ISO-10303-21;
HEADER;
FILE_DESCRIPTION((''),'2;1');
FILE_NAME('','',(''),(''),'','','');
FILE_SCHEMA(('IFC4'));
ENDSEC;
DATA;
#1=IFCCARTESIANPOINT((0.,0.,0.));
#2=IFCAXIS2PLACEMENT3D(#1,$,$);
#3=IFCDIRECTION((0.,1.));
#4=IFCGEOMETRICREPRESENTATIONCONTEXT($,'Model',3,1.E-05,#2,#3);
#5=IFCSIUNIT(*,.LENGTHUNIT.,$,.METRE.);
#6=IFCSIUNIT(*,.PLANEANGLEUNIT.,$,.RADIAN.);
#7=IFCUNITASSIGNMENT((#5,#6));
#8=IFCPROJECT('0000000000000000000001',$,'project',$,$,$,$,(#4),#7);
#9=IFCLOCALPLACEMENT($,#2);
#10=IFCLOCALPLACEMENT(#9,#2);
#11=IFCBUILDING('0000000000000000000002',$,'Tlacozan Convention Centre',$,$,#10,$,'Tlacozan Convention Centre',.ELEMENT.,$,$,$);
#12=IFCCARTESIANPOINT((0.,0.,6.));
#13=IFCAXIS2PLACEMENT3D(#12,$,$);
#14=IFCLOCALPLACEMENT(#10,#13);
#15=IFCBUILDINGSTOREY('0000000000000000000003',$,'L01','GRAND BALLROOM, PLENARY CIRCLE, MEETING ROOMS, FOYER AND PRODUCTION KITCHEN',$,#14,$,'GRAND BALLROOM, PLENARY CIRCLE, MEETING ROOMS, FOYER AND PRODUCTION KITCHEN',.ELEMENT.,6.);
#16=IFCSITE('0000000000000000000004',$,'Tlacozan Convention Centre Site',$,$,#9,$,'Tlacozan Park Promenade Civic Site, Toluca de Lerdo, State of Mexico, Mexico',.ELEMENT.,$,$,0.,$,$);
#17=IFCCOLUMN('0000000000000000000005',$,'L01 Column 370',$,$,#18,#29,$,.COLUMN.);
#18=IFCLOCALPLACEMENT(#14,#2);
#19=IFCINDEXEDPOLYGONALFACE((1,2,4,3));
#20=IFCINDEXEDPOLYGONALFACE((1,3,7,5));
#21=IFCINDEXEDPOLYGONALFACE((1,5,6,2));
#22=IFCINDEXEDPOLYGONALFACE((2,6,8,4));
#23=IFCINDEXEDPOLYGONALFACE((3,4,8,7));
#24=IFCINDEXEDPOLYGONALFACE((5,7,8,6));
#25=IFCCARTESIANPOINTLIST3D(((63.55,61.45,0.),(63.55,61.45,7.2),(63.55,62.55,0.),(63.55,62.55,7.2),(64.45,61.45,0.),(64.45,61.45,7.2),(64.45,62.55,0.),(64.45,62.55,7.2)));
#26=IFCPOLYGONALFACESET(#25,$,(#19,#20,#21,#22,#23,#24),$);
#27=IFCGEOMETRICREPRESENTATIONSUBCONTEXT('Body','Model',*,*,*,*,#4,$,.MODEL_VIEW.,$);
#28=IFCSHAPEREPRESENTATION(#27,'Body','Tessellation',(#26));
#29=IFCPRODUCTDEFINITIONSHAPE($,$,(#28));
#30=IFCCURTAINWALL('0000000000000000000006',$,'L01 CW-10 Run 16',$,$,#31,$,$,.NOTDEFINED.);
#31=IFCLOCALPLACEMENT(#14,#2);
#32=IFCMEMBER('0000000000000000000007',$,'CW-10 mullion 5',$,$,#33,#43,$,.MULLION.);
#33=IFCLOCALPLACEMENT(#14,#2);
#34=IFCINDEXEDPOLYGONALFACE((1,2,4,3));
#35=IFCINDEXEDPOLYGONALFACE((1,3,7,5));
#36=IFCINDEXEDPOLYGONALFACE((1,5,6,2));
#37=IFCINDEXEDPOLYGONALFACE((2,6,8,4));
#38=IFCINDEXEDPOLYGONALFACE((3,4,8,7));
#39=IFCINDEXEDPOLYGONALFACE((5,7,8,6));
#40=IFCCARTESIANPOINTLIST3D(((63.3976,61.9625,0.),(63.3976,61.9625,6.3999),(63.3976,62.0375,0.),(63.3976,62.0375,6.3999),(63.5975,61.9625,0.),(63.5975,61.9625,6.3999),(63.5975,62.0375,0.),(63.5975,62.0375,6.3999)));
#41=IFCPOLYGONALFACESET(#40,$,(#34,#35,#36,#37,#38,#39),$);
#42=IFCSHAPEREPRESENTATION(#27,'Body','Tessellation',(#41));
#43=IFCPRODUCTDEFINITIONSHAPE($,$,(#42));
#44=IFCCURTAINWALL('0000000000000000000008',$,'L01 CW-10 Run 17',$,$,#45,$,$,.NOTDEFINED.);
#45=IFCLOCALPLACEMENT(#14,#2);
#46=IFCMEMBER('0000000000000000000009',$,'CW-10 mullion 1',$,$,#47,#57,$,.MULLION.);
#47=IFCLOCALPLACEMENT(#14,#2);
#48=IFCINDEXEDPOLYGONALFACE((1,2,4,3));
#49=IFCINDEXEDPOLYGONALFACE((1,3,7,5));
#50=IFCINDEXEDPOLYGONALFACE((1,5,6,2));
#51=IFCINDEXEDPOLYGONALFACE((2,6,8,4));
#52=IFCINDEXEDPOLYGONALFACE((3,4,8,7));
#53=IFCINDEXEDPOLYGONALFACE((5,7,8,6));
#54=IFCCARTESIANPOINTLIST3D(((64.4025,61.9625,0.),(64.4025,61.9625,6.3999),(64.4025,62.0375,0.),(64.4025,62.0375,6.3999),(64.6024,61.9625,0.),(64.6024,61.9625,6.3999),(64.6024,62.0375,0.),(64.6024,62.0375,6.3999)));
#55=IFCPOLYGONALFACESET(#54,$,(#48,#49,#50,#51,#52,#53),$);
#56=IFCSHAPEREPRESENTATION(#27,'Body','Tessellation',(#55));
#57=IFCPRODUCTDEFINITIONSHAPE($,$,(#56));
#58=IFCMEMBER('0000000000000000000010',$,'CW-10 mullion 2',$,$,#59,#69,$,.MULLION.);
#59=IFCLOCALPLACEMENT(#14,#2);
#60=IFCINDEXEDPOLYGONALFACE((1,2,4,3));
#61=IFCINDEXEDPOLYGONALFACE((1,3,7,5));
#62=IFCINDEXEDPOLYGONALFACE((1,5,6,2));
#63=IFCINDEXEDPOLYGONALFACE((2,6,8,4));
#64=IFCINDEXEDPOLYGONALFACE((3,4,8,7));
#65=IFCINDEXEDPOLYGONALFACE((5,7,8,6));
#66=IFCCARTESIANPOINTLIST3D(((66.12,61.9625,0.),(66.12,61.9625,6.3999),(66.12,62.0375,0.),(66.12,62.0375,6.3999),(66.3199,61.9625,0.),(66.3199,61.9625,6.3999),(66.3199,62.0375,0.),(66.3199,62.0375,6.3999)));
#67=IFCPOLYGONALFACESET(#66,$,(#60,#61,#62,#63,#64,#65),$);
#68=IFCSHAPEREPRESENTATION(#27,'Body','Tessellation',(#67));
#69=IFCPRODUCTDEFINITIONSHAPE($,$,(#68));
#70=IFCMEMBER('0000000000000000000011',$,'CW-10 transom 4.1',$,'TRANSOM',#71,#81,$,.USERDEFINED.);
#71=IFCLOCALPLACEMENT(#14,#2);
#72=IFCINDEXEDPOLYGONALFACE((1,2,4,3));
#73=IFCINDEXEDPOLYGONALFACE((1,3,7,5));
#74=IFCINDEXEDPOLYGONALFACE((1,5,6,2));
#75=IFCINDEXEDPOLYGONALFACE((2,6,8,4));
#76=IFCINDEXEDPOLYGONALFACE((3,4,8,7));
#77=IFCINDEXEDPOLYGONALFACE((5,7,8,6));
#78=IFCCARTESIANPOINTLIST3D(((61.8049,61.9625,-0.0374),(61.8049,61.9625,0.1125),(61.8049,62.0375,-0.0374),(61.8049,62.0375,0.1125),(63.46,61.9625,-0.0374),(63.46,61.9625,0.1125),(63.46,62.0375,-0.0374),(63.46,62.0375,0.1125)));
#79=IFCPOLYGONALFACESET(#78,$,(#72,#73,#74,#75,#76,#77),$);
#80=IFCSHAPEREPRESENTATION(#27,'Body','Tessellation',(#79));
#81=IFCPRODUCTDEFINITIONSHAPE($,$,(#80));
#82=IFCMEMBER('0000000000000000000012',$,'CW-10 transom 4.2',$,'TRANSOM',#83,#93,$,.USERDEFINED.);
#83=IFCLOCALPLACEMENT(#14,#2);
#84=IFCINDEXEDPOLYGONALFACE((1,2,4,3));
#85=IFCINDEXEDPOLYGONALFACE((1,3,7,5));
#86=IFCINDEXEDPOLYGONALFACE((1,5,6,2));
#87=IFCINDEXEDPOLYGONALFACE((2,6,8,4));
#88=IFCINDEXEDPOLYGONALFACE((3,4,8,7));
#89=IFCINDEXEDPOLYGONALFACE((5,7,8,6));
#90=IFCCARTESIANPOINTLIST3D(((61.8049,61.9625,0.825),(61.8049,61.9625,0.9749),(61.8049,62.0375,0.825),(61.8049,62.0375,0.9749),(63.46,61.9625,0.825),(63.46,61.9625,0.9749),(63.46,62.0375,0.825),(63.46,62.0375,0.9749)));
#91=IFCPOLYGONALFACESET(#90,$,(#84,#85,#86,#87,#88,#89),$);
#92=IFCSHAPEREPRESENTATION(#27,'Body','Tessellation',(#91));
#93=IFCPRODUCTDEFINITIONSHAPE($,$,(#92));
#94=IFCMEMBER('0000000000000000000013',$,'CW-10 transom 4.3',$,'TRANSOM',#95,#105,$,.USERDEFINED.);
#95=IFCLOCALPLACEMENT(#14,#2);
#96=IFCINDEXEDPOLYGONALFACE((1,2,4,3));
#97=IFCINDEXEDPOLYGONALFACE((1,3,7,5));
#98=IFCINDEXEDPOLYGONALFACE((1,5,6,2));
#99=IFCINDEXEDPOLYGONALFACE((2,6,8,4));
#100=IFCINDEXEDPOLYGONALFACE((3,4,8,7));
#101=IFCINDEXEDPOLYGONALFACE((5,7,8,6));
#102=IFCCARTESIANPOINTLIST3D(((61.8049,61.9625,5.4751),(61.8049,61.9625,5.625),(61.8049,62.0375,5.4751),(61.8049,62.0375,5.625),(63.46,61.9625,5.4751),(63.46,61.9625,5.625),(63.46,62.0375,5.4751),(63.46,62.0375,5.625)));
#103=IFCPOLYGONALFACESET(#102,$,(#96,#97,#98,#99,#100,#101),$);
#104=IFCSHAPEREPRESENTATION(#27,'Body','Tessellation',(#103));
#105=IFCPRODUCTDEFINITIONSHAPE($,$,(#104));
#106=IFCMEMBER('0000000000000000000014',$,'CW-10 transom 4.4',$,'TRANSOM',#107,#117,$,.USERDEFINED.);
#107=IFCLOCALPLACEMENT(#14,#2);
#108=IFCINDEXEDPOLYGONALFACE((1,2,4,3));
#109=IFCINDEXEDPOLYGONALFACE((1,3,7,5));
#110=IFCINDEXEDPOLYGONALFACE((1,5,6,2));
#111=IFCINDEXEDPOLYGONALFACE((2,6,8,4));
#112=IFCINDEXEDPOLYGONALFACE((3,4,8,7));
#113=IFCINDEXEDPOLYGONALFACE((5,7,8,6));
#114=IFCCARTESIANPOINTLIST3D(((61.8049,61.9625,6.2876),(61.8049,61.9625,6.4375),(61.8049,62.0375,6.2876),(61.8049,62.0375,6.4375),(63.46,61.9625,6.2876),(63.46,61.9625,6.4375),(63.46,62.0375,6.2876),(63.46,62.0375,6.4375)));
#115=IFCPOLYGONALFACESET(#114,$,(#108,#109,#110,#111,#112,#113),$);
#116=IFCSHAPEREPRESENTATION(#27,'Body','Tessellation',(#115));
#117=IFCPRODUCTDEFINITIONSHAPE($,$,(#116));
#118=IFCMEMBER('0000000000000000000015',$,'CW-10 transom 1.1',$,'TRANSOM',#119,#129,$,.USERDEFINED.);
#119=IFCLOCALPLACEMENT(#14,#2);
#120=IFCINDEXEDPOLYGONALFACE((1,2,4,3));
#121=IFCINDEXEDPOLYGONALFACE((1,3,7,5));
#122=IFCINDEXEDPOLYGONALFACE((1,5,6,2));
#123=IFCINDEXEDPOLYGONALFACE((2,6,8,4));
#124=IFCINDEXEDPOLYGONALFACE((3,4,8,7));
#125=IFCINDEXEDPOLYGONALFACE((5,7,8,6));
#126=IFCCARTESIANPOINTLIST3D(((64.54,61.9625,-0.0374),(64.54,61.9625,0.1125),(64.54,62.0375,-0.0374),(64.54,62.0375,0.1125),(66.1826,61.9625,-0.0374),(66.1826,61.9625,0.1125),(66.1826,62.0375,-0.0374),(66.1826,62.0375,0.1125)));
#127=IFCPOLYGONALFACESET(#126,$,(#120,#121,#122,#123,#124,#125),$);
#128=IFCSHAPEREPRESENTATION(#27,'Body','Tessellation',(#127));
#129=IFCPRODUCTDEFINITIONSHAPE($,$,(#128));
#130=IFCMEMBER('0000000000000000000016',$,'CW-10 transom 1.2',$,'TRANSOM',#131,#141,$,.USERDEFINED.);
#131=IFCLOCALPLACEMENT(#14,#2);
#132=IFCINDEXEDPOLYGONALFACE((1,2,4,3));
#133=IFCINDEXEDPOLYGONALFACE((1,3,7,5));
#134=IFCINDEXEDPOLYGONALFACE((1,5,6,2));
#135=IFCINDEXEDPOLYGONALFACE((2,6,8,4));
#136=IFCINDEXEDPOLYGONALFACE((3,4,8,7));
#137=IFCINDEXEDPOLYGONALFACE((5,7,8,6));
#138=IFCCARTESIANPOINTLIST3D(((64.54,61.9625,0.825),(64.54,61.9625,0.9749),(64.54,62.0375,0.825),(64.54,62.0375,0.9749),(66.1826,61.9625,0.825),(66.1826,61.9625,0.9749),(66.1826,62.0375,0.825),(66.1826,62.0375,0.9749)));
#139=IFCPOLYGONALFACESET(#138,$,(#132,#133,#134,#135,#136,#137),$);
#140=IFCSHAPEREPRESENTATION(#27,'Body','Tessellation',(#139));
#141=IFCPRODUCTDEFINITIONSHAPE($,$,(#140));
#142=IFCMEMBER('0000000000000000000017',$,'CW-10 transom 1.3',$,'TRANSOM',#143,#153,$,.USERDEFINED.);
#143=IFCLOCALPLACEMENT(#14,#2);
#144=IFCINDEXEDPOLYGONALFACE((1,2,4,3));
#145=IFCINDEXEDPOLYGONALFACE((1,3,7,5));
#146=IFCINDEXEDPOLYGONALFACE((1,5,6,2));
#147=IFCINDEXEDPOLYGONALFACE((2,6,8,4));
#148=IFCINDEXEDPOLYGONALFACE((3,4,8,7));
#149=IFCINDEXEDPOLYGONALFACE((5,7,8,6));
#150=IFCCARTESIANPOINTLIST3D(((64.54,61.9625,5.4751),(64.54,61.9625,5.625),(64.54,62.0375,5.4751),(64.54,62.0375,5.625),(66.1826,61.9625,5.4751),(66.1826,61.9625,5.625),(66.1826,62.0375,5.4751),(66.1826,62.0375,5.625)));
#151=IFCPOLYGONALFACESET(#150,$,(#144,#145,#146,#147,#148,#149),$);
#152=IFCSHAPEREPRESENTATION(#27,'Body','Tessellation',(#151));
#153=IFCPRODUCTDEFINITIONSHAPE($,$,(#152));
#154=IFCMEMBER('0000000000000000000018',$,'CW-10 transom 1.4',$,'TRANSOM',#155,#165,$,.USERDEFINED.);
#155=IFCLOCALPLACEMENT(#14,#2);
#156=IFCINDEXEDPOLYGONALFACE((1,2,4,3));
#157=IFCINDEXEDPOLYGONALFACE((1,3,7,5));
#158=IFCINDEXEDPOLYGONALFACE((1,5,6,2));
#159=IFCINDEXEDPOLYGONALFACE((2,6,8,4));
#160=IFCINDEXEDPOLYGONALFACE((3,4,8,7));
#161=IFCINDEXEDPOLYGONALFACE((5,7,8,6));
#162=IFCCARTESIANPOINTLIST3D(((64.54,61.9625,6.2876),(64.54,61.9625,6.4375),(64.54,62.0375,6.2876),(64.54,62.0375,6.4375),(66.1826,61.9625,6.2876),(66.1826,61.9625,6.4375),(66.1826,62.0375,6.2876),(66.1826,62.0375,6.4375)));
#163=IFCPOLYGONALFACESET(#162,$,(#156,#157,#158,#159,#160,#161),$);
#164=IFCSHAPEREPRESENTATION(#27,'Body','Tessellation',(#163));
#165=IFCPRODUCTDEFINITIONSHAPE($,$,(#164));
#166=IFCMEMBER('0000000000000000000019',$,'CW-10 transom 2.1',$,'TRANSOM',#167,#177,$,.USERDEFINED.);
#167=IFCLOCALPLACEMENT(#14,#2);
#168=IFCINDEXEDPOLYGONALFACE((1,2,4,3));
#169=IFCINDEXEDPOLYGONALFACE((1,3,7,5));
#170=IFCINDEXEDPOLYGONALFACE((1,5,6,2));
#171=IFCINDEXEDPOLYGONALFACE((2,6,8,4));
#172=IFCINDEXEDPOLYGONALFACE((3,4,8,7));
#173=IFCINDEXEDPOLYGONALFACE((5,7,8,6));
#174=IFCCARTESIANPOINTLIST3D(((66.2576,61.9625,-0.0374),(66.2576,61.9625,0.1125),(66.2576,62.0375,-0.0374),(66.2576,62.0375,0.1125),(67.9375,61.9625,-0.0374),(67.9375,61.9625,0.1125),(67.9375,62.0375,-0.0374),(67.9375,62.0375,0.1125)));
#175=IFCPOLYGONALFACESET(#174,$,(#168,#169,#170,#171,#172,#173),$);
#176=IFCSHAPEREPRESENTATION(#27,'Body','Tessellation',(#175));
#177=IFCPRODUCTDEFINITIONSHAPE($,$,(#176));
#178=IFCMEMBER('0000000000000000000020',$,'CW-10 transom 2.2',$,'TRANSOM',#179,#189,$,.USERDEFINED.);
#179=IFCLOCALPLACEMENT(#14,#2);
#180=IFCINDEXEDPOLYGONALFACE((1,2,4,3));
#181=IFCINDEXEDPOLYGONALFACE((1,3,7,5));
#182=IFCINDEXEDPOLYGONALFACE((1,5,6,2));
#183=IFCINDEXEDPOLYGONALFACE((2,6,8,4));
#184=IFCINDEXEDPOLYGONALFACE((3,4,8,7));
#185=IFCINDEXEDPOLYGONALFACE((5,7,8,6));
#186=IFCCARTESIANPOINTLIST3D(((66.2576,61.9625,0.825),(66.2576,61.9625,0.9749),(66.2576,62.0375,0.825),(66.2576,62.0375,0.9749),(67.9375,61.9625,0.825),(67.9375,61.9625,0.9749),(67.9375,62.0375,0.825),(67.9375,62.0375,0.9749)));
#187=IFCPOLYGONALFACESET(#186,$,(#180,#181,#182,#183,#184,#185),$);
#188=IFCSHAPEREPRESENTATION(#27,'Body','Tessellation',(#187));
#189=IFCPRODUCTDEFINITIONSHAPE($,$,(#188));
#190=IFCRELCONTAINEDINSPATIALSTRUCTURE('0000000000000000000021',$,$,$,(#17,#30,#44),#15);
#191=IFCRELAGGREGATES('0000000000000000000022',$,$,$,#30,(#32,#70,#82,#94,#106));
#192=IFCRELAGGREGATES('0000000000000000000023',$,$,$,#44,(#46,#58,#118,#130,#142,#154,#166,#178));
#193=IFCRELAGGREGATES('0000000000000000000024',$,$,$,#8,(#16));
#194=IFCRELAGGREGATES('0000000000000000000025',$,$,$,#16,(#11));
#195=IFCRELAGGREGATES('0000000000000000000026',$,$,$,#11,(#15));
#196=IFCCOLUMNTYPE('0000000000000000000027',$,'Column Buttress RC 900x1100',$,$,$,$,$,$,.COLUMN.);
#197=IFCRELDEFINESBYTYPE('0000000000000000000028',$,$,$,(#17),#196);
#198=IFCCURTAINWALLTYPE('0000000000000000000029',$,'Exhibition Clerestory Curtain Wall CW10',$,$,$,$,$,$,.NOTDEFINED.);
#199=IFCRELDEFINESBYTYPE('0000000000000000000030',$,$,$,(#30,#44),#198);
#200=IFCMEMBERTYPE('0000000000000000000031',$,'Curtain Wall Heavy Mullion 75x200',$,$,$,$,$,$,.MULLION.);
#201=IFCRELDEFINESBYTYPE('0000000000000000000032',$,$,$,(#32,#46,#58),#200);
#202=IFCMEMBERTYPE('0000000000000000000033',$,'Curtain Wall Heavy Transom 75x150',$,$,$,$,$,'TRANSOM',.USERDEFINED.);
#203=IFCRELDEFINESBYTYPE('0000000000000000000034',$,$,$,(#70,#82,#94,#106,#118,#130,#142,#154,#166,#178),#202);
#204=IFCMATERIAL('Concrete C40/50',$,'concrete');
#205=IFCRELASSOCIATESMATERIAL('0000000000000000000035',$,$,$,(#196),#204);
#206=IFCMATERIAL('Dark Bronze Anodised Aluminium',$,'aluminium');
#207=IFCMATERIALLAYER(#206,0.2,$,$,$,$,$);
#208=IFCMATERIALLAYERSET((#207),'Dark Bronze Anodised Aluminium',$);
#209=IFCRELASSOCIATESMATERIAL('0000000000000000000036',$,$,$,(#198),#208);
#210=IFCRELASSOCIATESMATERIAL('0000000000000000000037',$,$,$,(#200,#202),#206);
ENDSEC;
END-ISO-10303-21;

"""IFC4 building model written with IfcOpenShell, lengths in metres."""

from ifc_helpers import new_model, si_unit, direction, frame, origin, origin_2d, place, context, subcontext, project, spatial, rectangle, extrude, material, layer, layer_set, material_profile, profile_set, type_object, element, aggregate, save


model = new_model("IFC4")

# Units and contexts
model_context = context("Model", 3, precision=1e-05, world=origin(), true_north=direction((0.0, 1.0)))
body_context = subcontext(model_context, "Body", "Model", "MODEL_VIEW")
ifc_project = project(units=[si_unit("LENGTHUNIT", "METRE"), si_unit("PLANEANGLEUNIT", "RADIAN")], contexts=[model_context])

# Site, building, storey
site_placement = place(None, origin())
site = spatial("IfcSite", under=ifc_project, at=site_placement, Name="Tlacozan Convention Centre Site", LongName="Tlacozan Park Promenade Civic Site, Toluca de Lerdo, State of Mexico, Mexico", CompositionType="ELEMENT", RefElevation=0.0)
building_placement = place(site_placement, origin())
building = spatial("IfcBuilding", under=site, at=building_placement, Name="Tlacozan Convention Centre", LongName="Tlacozan Convention Centre", CompositionType="ELEMENT")
storey_placement = place(building_placement, frame((0.0, 0.0, 6.0)))
storey = spatial("IfcBuildingStorey", under=building, at=storey_placement, Name="L01", Description="GRAND BALLROOM, PLENARY CIRCLE, MEETING ROOMS, FOYER AND PRODUCTION KITCHEN", LongName="GRAND BALLROOM, PLENARY CIRCLE, MEETING ROOMS, FOYER AND PRODUCTION KITCHEN", CompositionType="ELEMENT", Elevation=6.0)

# Column
ifc_material_1 = material(Name="Concrete C40/50", Category="concrete")
ifc_material_profile_1 = material_profile(ifc_material_1, rectangle(XDim=0.8999, YDim=1.1001, at=origin_2d()), Name="RC 900x1100")
ifc_profile_set_1 = profile_set([ifc_material_profile_1], Name="Concrete C40/50")
column_type = type_object("IfcColumnType", Name="Column Buttress RC 900x1100", PredefinedType="COLUMN", material=ifc_profile_set_1)
column_placement = place(storey_placement, frame((64.0, 62.0, 0.0), z_axis=(0.0, 0.0, 1.0), x_axis=(1.0, 0.0, 0.0)))
element("IfcColumn", 1, at=column_placement, inside=storey, type_object=column_type, Name="L01 Column 370", PredefinedType="COLUMN", context=body_context, shape_type="SweptSolid", body=[
    extrude(rectangle(XDim=0.8999, YDim=1.1001, at=origin_2d()), origin(), (0.0, 0.0, 1.0), 7.2),
])

# Curtain wall, member
ifc_material_2 = material(Name="Dark Bronze Anodised Aluminium", Category="aluminium")
ifc_layer_1 = layer(ifc_material_2, 0.2)
ifc_layer_set_1 = layer_set([ifc_layer_1], Name="Dark Bronze Anodised Aluminium")
curtain_wall_type = type_object("IfcCurtainWallType", Name="Exhibition Clerestory Curtain Wall CW10", PredefinedType="NOTDEFINED", material=ifc_layer_set_1)
curtain_wall_1_placement = place(storey_placement, origin())
curtain_wall_1 = element("IfcCurtainWall", 2, at=curtain_wall_1_placement, inside=storey, type_object=curtain_wall_type, Name="L01 CW-10 Run 16", PredefinedType="NOTDEFINED")
ifc_material_profile_2 = material_profile(ifc_material_2, rectangle(XDim=0.075, YDim=0.2, at=origin_2d()), Name="ALU 75x200")
ifc_profile_set_2 = profile_set([ifc_material_profile_2], Name="Dark Bronze Anodised Aluminium")
member_type_1 = type_object("IfcMemberType", Name="Curtain Wall Heavy Mullion 75x200", PredefinedType="MULLION", material=ifc_profile_set_2)
member_1_placement = place(storey_placement, frame((63.4976, 62.0, 0.0), z_axis=(0.0, 0.0, 1.0), x_axis=(0.0, 1.0, 0.0)))
member_1 = element("IfcMember", 3, at=member_1_placement, type_object=member_type_1, Name="CW-10 mullion 5", PredefinedType="MULLION", context=body_context, shape_type="SweptSolid", body=[
    extrude(rectangle(XDim=0.075, YDim=0.2, at=origin_2d()), origin(), (0.0, 0.0, 1.0), 6.3999),
])

# Curtain wall, members
curtain_wall_2_placement = place(storey_placement, origin())
curtain_wall_2 = element("IfcCurtainWall", 4, at=curtain_wall_2_placement, inside=storey, type_object=curtain_wall_type, Name="L01 CW-10 Run 17", PredefinedType="NOTDEFINED")
member_2_placement = place(storey_placement, frame((64.5024, 62.0, 0.0), z_axis=(0.0, 0.0, 1.0), x_axis=(0.0, 1.0, 0.0)))
member_2 = element("IfcMember", 5, at=member_2_placement, type_object=member_type_1, Name="CW-10 mullion 1", PredefinedType="MULLION", context=body_context, shape_type="SweptSolid", body=[
    extrude(rectangle(XDim=0.075, YDim=0.2, at=origin_2d()), origin(), (0.0, 0.0, 1.0), 6.3999),
])
member_3_placement = place(storey_placement, frame((66.22, 62.0, 0.0), z_axis=(0.0, 0.0, 1.0), x_axis=(0.0, 1.0, 0.0)))
member_3 = element("IfcMember", 6, at=member_3_placement, type_object=member_type_1, Name="CW-10 mullion 2", PredefinedType="MULLION", context=body_context, shape_type="SweptSolid", body=[
    extrude(rectangle(XDim=0.075, YDim=0.2, at=origin_2d()), origin(), (0.0, 0.0, 1.0), 6.3999),
])

# Members
ifc_material_profile_3 = material_profile(ifc_material_2, rectangle(XDim=0.075, YDim=0.1499, at=origin_2d()), Name="ALU 75x150")
ifc_profile_set_3 = profile_set([ifc_material_profile_3], Name="Dark Bronze Anodised Aluminium")
member_type_2 = type_object("IfcMemberType", Name="Curtain Wall Heavy Transom 75x150", ElementType="TRANSOM", PredefinedType="USERDEFINED", material=ifc_profile_set_3)
member_4_placement = place(storey_placement, frame((61.8049, 62.0, 0.0376), z_axis=(1.0, 0.0, 0.0), x_axis=(0.0, 1.0, 0.0)))
member_4 = element("IfcMember", 7, at=member_4_placement, type_object=member_type_2, Name="CW-10 transom 4.1", ObjectType="TRANSOM", PredefinedType="USERDEFINED", context=body_context, shape_type="SweptSolid", body=[
    extrude(rectangle(XDim=0.075, YDim=0.1499, at=origin_2d()), origin(), (0.0, 0.0, 1.0), 1.655),
])
member_5_placement = place(storey_placement, frame((61.8049, 62.0, 0.8999), z_axis=(1.0, 0.0, 0.0), x_axis=(0.0, 1.0, 0.0)))
member_5 = element("IfcMember", 8, at=member_5_placement, type_object=member_type_2, Name="CW-10 transom 4.2", ObjectType="TRANSOM", PredefinedType="USERDEFINED", context=body_context, shape_type="SweptSolid", body=[
    extrude(rectangle(XDim=0.075, YDim=0.1499, at=origin_2d()), origin(), (0.0, 0.0, 1.0), 1.655),
])
member_6_placement = place(storey_placement, frame((61.8049, 62.0, 5.55), z_axis=(1.0, 0.0, 0.0), x_axis=(0.0, 1.0, 0.0)))
member_6 = element("IfcMember", 9, at=member_6_placement, type_object=member_type_2, Name="CW-10 transom 4.3", ObjectType="TRANSOM", PredefinedType="USERDEFINED", context=body_context, shape_type="SweptSolid", body=[
    extrude(rectangle(XDim=0.075, YDim=0.1499, at=origin_2d()), origin(), (0.0, 0.0, 1.0), 1.655),
])
member_7_placement = place(storey_placement, frame((61.8049, 62.0, 6.3625), z_axis=(1.0, 0.0, 0.0), x_axis=(0.0, 1.0, 0.0)))
member_7 = element("IfcMember", 10, at=member_7_placement, type_object=member_type_2, Name="CW-10 transom 4.4", ObjectType="TRANSOM", PredefinedType="USERDEFINED", context=body_context, shape_type="SweptSolid", body=[
    extrude(rectangle(XDim=0.075, YDim=0.1499, at=origin_2d()), origin(), (0.0, 0.0, 1.0), 1.655),
])
member_8_placement = place(storey_placement, frame((64.54, 62.0, 0.0376), z_axis=(1.0, 0.0, 0.0), x_axis=(0.0, 1.0, 0.0)))
member_8 = element("IfcMember", 11, at=member_8_placement, type_object=member_type_2, Name="CW-10 transom 1.1", ObjectType="TRANSOM", PredefinedType="USERDEFINED", context=body_context, shape_type="SweptSolid", body=[
    extrude(rectangle(XDim=0.075, YDim=0.1499, at=origin_2d()), origin(), (0.0, 0.0, 1.0), 1.6426),
])
member_9_placement = place(storey_placement, frame((64.54, 62.0, 0.8999), z_axis=(1.0, 0.0, 0.0), x_axis=(0.0, 1.0, 0.0)))
member_9 = element("IfcMember", 12, at=member_9_placement, type_object=member_type_2, Name="CW-10 transom 1.2", ObjectType="TRANSOM", PredefinedType="USERDEFINED", context=body_context, shape_type="SweptSolid", body=[
    extrude(rectangle(XDim=0.075, YDim=0.1499, at=origin_2d()), origin(), (0.0, 0.0, 1.0), 1.6426),
])
member_10_placement = place(storey_placement, frame((64.54, 62.0, 5.55), z_axis=(1.0, 0.0, 0.0), x_axis=(0.0, 1.0, 0.0)))
member_10 = element("IfcMember", 13, at=member_10_placement, type_object=member_type_2, Name="CW-10 transom 1.3", ObjectType="TRANSOM", PredefinedType="USERDEFINED", context=body_context, shape_type="SweptSolid", body=[
    extrude(rectangle(XDim=0.075, YDim=0.1499, at=origin_2d()), origin(), (0.0, 0.0, 1.0), 1.6426),
])
member_11_placement = place(storey_placement, frame((64.54, 62.0, 6.3625), z_axis=(1.0, 0.0, 0.0), x_axis=(0.0, 1.0, 0.0)))
member_11 = element("IfcMember", 14, at=member_11_placement, type_object=member_type_2, Name="CW-10 transom 1.4", ObjectType="TRANSOM", PredefinedType="USERDEFINED", context=body_context, shape_type="SweptSolid", body=[
    extrude(rectangle(XDim=0.075, YDim=0.1499, at=origin_2d()), origin(), (0.0, 0.0, 1.0), 1.6426),
])
member_12_placement = place(storey_placement, frame((66.2576, 62.0, 0.0376), z_axis=(1.0, 0.0, 0.0), x_axis=(0.0, 1.0, 0.0)))
member_12 = element("IfcMember", 15, at=member_12_placement, type_object=member_type_2, Name="CW-10 transom 2.1", ObjectType="TRANSOM", PredefinedType="USERDEFINED", context=body_context, shape_type="SweptSolid", body=[
    extrude(rectangle(XDim=0.075, YDim=0.1499, at=origin_2d()), origin(), (0.0, 0.0, 1.0), 1.6799),
])
member_13_placement = place(storey_placement, frame((66.2576, 62.0, 0.8999), z_axis=(1.0, 0.0, 0.0), x_axis=(0.0, 1.0, 0.0)))
member_13 = element("IfcMember", 16, at=member_13_placement, type_object=member_type_2, Name="CW-10 transom 2.2", ObjectType="TRANSOM", PredefinedType="USERDEFINED", context=body_context, shape_type="SweptSolid", body=[
    extrude(rectangle(XDim=0.075, YDim=0.1499, at=origin_2d()), origin(), (0.0, 0.0, 1.0), 1.6799),
])

aggregate(curtain_wall_1, [member_1, member_4, member_5, member_6, member_7])
aggregate(curtain_wall_2, [member_2, member_3, member_8, member_9, member_10, member_11, member_12, member_13])

save(model, "model.ifc")
